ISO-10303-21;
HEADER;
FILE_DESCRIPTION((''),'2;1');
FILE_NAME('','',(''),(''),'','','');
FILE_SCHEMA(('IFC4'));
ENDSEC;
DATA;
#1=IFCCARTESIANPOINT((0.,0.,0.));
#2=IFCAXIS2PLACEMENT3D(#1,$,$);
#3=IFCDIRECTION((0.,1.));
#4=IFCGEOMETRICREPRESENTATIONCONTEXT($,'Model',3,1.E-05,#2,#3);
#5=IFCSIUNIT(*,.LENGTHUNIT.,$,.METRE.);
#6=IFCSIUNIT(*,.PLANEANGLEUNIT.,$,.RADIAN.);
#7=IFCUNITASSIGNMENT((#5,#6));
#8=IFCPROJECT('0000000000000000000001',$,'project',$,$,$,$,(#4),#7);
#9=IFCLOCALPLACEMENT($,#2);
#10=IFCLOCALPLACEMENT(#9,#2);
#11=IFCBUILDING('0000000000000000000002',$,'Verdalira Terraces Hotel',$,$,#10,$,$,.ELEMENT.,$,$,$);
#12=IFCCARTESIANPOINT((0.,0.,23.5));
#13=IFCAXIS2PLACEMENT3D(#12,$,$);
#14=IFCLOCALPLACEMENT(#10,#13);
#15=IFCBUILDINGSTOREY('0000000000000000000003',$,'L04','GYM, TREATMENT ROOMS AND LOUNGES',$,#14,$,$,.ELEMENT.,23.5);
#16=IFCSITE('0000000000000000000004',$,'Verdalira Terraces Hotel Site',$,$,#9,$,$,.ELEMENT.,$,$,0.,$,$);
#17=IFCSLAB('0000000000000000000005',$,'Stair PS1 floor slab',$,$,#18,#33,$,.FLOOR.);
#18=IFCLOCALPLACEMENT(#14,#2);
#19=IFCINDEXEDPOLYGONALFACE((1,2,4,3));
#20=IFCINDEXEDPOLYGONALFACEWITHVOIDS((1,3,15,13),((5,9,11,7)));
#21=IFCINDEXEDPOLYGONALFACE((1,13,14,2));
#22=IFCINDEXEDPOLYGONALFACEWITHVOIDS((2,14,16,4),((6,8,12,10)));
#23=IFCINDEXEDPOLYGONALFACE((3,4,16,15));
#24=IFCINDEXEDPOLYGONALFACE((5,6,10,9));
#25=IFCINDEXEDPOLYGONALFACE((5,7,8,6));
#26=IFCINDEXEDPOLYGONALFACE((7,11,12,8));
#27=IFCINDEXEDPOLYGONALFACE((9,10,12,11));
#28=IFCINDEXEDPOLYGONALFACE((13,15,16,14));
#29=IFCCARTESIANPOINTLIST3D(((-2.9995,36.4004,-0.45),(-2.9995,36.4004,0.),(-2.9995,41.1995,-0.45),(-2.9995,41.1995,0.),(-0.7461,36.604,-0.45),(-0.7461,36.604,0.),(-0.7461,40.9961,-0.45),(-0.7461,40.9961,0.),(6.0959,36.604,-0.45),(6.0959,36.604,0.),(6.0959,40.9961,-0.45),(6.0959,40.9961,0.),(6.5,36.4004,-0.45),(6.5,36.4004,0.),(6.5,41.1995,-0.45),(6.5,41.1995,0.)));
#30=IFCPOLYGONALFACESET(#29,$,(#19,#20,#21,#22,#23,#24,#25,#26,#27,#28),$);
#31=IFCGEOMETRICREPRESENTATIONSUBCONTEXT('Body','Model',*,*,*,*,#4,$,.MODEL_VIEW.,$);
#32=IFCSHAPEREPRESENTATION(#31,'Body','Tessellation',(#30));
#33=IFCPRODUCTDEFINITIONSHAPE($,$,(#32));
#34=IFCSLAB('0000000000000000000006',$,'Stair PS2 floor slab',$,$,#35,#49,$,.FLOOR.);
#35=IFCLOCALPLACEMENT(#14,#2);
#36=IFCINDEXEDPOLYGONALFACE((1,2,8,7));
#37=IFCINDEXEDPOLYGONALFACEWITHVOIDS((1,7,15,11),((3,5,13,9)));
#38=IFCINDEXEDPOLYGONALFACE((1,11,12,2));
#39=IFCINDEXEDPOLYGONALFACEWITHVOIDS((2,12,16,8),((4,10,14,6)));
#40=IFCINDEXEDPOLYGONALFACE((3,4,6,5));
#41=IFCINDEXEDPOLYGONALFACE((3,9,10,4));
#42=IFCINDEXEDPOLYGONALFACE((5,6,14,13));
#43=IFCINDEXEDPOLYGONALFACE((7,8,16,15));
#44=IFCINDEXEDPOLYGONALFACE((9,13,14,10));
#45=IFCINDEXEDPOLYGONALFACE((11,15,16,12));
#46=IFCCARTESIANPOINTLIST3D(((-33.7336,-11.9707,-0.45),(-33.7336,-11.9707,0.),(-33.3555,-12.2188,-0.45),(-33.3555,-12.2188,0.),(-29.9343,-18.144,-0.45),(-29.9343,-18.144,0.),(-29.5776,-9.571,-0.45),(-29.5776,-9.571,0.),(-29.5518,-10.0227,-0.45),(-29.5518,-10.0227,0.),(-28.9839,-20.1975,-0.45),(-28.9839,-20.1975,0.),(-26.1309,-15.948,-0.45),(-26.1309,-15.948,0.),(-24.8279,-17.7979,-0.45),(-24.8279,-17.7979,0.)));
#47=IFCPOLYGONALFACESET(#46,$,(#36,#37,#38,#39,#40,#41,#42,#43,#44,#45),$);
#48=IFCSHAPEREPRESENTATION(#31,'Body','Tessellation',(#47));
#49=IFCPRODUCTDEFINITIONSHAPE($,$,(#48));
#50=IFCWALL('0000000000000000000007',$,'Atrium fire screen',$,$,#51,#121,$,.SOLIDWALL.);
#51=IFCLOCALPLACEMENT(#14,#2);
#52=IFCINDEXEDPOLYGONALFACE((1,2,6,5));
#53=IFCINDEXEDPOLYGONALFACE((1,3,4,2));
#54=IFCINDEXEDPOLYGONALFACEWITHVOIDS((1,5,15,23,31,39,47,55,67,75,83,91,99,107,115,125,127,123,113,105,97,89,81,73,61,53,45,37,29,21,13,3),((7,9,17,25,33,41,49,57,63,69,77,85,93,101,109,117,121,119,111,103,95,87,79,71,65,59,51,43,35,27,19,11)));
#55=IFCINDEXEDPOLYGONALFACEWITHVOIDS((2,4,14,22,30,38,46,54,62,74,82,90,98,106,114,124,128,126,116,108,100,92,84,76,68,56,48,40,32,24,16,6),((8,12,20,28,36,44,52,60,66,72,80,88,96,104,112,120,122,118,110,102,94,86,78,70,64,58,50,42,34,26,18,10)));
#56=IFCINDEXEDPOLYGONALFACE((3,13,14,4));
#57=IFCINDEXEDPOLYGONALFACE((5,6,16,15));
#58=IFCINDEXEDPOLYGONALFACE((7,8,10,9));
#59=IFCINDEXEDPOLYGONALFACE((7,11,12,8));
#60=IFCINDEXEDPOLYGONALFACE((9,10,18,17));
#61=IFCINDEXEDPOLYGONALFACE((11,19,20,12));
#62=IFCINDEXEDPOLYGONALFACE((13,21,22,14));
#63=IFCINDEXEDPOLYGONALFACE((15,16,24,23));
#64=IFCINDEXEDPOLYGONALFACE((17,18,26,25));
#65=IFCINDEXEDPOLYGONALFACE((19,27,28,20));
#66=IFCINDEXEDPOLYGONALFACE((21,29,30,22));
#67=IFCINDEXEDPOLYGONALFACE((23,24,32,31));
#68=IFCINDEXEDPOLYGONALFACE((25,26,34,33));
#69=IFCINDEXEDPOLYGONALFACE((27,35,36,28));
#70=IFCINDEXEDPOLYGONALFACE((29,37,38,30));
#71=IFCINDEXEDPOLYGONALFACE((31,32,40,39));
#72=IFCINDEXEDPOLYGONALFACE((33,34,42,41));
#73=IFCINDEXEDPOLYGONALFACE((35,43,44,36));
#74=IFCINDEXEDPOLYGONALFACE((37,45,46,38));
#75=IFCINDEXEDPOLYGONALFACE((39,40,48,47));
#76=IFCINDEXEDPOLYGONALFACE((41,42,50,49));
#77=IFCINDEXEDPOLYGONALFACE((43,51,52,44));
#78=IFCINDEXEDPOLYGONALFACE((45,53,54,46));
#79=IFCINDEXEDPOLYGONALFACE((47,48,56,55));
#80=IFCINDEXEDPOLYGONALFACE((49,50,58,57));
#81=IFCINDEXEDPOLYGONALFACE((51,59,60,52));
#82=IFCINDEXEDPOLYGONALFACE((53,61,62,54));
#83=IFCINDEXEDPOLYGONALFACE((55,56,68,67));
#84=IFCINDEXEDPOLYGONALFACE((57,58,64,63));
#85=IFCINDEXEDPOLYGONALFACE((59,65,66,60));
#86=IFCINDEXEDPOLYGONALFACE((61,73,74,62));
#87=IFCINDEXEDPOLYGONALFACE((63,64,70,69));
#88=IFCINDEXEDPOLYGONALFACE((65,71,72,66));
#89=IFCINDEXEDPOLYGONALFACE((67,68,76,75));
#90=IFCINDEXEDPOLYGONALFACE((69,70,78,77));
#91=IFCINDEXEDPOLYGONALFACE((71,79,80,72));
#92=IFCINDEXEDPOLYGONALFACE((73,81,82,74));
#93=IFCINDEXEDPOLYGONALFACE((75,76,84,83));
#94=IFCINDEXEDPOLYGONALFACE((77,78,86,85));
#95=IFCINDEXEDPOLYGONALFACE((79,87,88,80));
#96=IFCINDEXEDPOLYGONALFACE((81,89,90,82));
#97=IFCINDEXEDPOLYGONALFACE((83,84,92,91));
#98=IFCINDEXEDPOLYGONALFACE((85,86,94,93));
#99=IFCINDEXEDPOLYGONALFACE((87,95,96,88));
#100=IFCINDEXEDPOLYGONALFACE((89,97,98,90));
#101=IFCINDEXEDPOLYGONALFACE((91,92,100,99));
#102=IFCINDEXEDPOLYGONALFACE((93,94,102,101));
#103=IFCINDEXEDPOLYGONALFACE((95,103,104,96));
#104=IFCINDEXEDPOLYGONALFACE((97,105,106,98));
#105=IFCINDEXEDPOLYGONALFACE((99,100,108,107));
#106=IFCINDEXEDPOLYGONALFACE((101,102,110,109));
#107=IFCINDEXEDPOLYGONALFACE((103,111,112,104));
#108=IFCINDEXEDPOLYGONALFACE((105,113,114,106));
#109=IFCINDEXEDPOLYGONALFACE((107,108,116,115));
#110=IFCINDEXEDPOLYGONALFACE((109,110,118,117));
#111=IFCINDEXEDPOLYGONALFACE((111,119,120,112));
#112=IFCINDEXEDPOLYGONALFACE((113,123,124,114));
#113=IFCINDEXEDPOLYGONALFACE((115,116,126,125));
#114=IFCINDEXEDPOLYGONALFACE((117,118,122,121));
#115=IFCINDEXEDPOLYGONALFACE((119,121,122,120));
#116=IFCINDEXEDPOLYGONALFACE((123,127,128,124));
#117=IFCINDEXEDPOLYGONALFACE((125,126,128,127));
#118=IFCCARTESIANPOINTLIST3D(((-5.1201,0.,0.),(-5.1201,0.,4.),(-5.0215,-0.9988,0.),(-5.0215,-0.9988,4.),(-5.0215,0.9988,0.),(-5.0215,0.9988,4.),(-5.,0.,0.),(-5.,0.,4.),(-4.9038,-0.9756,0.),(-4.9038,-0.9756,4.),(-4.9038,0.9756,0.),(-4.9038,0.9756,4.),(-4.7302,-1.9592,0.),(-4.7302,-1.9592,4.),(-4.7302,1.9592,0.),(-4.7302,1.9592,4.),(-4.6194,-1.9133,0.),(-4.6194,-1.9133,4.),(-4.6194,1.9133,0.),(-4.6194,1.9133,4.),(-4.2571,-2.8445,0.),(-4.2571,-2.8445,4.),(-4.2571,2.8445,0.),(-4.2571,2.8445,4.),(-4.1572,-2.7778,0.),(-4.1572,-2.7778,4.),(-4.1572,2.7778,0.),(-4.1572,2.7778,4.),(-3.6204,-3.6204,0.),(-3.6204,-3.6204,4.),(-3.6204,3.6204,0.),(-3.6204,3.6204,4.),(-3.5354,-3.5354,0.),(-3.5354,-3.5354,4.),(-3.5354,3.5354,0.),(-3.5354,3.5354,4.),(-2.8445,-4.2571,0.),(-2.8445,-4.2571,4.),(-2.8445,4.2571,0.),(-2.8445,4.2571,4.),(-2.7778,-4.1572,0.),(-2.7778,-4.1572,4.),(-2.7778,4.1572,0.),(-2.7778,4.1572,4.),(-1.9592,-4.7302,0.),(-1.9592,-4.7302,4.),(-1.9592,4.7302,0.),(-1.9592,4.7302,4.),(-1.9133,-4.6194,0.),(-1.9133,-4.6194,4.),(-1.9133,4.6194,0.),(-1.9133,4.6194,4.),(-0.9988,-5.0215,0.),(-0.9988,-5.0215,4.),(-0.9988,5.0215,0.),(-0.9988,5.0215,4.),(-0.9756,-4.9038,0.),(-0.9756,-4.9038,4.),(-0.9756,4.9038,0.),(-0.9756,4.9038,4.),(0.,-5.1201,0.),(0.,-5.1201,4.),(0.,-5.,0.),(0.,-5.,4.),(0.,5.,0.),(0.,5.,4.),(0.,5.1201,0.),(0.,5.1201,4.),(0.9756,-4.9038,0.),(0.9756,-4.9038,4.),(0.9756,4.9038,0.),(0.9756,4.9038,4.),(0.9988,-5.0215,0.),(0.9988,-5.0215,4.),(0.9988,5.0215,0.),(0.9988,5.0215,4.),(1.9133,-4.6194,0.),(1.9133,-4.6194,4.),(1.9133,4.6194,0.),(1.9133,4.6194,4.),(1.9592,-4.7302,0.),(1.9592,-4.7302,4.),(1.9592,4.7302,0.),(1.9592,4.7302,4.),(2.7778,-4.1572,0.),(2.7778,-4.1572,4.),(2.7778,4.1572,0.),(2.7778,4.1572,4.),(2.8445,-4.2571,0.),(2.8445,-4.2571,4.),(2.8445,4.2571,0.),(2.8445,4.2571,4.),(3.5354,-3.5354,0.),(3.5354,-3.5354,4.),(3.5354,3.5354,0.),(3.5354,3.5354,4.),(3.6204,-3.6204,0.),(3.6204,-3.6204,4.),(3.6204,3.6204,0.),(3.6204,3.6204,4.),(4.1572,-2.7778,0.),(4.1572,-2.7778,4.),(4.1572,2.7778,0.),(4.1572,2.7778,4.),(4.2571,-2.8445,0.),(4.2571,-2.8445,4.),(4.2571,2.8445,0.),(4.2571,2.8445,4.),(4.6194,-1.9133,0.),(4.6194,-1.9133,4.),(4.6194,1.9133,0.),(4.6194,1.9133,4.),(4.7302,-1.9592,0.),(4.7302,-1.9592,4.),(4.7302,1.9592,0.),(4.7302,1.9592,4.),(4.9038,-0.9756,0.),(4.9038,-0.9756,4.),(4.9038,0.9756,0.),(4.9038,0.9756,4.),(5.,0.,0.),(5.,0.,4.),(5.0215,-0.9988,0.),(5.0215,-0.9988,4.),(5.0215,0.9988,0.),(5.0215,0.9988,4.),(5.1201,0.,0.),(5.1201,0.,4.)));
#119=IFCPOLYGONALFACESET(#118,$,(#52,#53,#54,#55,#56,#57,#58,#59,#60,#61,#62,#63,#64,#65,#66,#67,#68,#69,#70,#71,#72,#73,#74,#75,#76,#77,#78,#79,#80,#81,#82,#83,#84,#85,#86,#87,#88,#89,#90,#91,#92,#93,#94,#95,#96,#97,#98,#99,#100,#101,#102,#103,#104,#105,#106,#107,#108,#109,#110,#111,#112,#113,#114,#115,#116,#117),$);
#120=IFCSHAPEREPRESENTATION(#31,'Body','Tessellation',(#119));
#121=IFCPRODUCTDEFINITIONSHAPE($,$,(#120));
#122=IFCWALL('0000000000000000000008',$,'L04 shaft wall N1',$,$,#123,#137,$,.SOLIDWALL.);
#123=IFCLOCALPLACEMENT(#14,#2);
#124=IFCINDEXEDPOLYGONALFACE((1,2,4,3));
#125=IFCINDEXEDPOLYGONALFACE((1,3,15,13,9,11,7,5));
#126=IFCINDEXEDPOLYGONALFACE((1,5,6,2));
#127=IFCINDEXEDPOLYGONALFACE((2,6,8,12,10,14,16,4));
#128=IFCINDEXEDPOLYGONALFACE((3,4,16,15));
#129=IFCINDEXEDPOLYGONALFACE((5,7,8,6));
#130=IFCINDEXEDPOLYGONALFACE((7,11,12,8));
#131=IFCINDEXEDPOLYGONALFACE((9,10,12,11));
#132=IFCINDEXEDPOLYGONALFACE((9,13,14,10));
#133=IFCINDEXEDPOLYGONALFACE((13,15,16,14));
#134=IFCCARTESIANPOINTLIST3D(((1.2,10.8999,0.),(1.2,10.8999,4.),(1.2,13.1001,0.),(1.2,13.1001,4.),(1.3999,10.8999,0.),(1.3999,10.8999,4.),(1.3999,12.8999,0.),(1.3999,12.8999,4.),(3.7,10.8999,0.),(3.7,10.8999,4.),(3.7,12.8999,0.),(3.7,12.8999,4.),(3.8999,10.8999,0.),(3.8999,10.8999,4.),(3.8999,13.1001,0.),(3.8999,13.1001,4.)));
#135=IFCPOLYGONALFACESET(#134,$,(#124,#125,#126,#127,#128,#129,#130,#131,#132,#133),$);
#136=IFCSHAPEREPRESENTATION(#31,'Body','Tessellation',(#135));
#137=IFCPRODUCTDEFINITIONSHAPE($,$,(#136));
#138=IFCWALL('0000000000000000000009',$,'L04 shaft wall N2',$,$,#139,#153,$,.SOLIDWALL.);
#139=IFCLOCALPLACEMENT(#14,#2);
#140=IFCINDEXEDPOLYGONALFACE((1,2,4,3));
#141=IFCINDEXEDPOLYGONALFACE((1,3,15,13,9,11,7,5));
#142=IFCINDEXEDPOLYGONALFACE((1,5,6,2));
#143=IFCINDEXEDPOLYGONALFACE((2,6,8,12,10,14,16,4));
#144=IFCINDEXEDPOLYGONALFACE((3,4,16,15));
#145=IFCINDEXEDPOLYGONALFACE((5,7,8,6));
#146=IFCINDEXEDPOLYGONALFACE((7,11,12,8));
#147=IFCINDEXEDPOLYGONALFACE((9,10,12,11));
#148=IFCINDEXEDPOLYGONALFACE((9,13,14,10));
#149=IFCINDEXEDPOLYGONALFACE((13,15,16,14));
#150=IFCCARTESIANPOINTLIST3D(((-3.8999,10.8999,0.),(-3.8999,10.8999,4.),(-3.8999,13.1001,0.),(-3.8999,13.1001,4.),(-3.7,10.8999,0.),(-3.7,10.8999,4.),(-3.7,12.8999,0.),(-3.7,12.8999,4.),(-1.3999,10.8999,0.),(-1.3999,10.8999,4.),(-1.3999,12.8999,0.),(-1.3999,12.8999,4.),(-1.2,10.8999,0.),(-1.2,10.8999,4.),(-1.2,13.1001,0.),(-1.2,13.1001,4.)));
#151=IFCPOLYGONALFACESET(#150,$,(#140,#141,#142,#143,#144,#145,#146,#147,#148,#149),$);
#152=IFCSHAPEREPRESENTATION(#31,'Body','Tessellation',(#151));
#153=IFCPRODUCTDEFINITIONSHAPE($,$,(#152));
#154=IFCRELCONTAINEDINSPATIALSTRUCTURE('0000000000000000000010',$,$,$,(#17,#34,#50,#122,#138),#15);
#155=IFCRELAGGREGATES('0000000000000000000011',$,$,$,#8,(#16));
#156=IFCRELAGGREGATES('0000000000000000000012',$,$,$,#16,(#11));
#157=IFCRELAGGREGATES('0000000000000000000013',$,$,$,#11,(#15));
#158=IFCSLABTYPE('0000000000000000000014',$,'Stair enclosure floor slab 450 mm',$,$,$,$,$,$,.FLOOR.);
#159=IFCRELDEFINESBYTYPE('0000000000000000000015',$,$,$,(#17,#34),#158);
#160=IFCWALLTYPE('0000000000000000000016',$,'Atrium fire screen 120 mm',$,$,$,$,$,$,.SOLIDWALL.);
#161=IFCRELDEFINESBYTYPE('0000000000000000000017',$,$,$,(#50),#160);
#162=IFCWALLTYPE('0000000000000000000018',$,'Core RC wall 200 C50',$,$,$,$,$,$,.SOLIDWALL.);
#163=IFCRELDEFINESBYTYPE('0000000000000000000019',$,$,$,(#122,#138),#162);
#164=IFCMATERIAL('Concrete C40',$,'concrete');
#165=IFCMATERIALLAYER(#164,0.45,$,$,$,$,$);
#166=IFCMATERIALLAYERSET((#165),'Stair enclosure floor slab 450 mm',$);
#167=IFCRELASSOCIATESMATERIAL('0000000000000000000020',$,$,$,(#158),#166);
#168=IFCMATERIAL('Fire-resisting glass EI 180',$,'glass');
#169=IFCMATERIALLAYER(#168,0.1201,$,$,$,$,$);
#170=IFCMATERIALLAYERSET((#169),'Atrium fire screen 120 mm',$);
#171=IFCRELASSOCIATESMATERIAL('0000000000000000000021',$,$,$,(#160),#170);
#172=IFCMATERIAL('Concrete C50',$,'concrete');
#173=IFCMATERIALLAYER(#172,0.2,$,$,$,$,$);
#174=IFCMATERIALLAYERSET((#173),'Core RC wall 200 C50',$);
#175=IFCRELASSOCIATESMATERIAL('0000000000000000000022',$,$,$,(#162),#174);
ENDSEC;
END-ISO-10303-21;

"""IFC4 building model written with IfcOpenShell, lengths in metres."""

from ifc_helpers import new_model, si_unit, direction, frame, origin, place, context, subcontext, project, spatial, polyline, outline, extrude, material, layer, layer_set, type_object, element, save


model = new_model("IFC4")

# Units and contexts
model_context = context("Model", 3, precision=1e-05, world=origin(), true_north=direction((0.0, 1.0)))
body_context = subcontext(model_context, "Body", "Model", "MODEL_VIEW")
ifc_project = project(units=[si_unit("LENGTHUNIT", "METRE"), si_unit("PLANEANGLEUNIT", "RADIAN")], contexts=[model_context])

# Site, building, storey
site_placement = place(None, origin())
site = spatial("IfcSite", under=ifc_project, at=site_placement, Name="Verdalira Terraces Hotel Site", CompositionType="ELEMENT", RefElevation=0.0)
building_placement = place(site_placement, origin())
building = spatial("IfcBuilding", under=site, at=building_placement, Name="Verdalira Terraces Hotel", CompositionType="ELEMENT")
storey_placement = place(building_placement, frame((0.0, 0.0, 23.5)))
storey = spatial("IfcBuildingStorey", under=building, at=storey_placement, Name="L04", Description="GYM, TREATMENT ROOMS AND LOUNGES", CompositionType="ELEMENT", Elevation=23.5)

# Slabs
ifc_material_1 = material(Name="Concrete C40", Category="concrete")
ifc_layer_1 = layer(ifc_material_1, 0.45)
ifc_layer_set_1 = layer_set([ifc_layer_1], Name="Stair enclosure floor slab 450 mm")
slab_type_1 = type_object("IfcSlabType", Name="Stair enclosure floor slab 450 mm", PredefinedType="FLOOR", material=ifc_layer_set_1)
slab_1_placement = place(storey_placement, frame((0.0, 0.0, -0.45)))
element("IfcSlab", 1, at=slab_1_placement, inside=storey, type_object=slab_type_1, Name="Stair PS1 floor slab", PredefinedType="FLOOR", context=body_context, shape_type="SweptSolid", body=[
    extrude(outline(polyline([(-2.9995, 36.4004), (-2.9995, 41.1995), (6.5, 41.1995), (6.5, 36.4004), (-2.9995, 36.4004)]), holes=[polyline([(-0.7461, 40.9961), (-0.7461, 36.604), (6.0959, 36.604), (6.0959, 40.9961), (-0.7461, 40.9961)])]), origin(), (0.0, 0.0, 1.0), 0.45),
])
slab_2_placement = place(storey_placement, frame((0.0, 0.0, -0.45)))
element("IfcSlab", 2, at=slab_2_placement, inside=storey, type_object=slab_type_1, Name="Stair PS2 floor slab", PredefinedType="FLOOR", context=body_context, shape_type="SweptSolid", body=[
    extrude(outline(polyline([(-24.8279, -17.7979), (-28.9839, -20.1975), (-33.7336, -11.9707), (-29.5776, -9.571), (-24.8279, -17.7979)]), holes=[polyline([(-29.9343, -18.144), (-26.1309, -15.948), (-29.5518, -10.0227), (-33.3555, -12.2188), (-29.9343, -18.144)])]), origin(), (0.0, 0.0, 1.0), 0.45),
])

# Walls
ifc_material_2 = material(Name="Fire-resisting glass EI 180", Category="glass")
ifc_layer_2 = layer(ifc_material_2, 0.1201)
ifc_layer_set_2 = layer_set([ifc_layer_2], Name="Atrium fire screen 120 mm")
wall_type_1 = type_object("IfcWallType", Name="Atrium fire screen 120 mm", PredefinedType="SOLIDWALL", material=ifc_layer_set_2)
wall_1_placement = place(storey_placement, origin())
element("IfcWall", 3, at=wall_1_placement, inside=storey, type_object=wall_type_1, Name="Atrium fire screen", PredefinedType="SOLIDWALL", context=body_context, shape_type="SweptSolid", body=[
    extrude(outline(polyline([(5.0215, -0.9988), (4.7302, -1.9592), (4.2571, -2.8445), (3.6204, -3.6204), (2.8445, -4.2571), (1.9592, -4.7302), (0.9988, -5.0215), (0.0, -5.1201), (-0.9988, -5.0215), (-1.9592, -4.7302), (-2.8445, -4.2571), (-3.6204, -3.6204), (-4.2571, -2.8445), (-4.7302, -1.9592), (-5.0215, -0.9988), (-5.1201, 0.0), (-5.0215, 0.9988), (-4.7302, 1.9592), (-4.2571, 2.8445), (-3.6204, 3.6204), (-2.8445, 4.2571), (-1.9592, 4.7302), (-0.9988, 5.0215), (0.0, 5.1201), (0.9988, 5.0215), (1.9592, 4.7302), (2.8445, 4.2571), (3.6204, 3.6204), (4.2571, 2.8445), (4.7302, 1.9592), (5.0215, 0.9988), (5.1201, 0.0), (5.0215, -0.9988)]), holes=[polyline([(4.9038, 0.9756), (4.6194, 1.9133), (4.1572, 2.7778), (3.5354, 3.5354), (2.7778, 4.1572), (1.9133, 4.6194), (0.9756, 4.9038), (0.0, 5.0), (-0.9756, 4.9038), (-1.9133, 4.6194), (-2.7778, 4.1572), (-3.5354, 3.5354), (-4.1572, 2.7778), (-4.6194, 1.9133), (-4.9038, 0.9756), (-5.0, 0.0), (-4.9038, -0.9756), (-4.6194, -1.9133), (-4.1572, -2.7778), (-3.5354, -3.5354), (-2.7778, -4.1572), (-1.9133, -4.6194), (-0.9756, -4.9038), (0.0, -5.0), (0.9756, -4.9038), (1.9133, -4.6194), (2.7778, -4.1572), (3.5354, -3.5354), (4.1572, -2.7778), (4.6194, -1.9133), (4.9038, -0.9756), (5.0, 0.0), (4.9038, 0.9756)])]), origin(), (0.0, 0.0, 1.0), 4.0),
])
ifc_material_3 = material(Name="Concrete C50", Category="concrete")
ifc_layer_3 = layer(ifc_material_3, 0.2)
ifc_layer_set_3 = layer_set([ifc_layer_3], Name="Core RC wall 200 C50")
wall_type_2 = type_object("IfcWallType", Name="Core RC wall 200 C50", PredefinedType="SOLIDWALL", material=ifc_layer_set_3)
wall_2_placement = place(storey_placement, origin())
element("IfcWall", 4, at=wall_2_placement, inside=storey, type_object=wall_type_2, Name="L04 shaft wall N1", PredefinedType="SOLIDWALL", context=body_context, shape_type="SweptSolid", body=[
    extrude(outline(polyline([(3.8999, 13.1001), (3.8999, 10.8999), (3.7, 10.8999), (3.7, 12.8999), (1.3999, 12.8999), (1.3999, 10.8999), (1.2, 10.8999), (1.2, 13.1001), (3.8999, 13.1001)])), origin(), (0.0, 0.0, 1.0), 4.0),
])
wall_3_placement = place(storey_placement, origin())
element("IfcWall", 5, at=wall_3_placement, inside=storey, type_object=wall_type_2, Name="L04 shaft wall N2", PredefinedType="SOLIDWALL", context=body_context, shape_type="SweptSolid", body=[
    extrude(outline(polyline([(-3.8999, 10.8999), (-3.8999, 13.1001), (-1.2, 13.1001), (-1.2, 10.8999), (-1.3999, 10.8999), (-1.3999, 12.8999), (-3.7, 12.8999), (-3.7, 10.8999), (-3.8999, 10.8999)])), origin(), (0.0, 0.0, 1.0), 4.0),
])

save(model, "model.ifc")
